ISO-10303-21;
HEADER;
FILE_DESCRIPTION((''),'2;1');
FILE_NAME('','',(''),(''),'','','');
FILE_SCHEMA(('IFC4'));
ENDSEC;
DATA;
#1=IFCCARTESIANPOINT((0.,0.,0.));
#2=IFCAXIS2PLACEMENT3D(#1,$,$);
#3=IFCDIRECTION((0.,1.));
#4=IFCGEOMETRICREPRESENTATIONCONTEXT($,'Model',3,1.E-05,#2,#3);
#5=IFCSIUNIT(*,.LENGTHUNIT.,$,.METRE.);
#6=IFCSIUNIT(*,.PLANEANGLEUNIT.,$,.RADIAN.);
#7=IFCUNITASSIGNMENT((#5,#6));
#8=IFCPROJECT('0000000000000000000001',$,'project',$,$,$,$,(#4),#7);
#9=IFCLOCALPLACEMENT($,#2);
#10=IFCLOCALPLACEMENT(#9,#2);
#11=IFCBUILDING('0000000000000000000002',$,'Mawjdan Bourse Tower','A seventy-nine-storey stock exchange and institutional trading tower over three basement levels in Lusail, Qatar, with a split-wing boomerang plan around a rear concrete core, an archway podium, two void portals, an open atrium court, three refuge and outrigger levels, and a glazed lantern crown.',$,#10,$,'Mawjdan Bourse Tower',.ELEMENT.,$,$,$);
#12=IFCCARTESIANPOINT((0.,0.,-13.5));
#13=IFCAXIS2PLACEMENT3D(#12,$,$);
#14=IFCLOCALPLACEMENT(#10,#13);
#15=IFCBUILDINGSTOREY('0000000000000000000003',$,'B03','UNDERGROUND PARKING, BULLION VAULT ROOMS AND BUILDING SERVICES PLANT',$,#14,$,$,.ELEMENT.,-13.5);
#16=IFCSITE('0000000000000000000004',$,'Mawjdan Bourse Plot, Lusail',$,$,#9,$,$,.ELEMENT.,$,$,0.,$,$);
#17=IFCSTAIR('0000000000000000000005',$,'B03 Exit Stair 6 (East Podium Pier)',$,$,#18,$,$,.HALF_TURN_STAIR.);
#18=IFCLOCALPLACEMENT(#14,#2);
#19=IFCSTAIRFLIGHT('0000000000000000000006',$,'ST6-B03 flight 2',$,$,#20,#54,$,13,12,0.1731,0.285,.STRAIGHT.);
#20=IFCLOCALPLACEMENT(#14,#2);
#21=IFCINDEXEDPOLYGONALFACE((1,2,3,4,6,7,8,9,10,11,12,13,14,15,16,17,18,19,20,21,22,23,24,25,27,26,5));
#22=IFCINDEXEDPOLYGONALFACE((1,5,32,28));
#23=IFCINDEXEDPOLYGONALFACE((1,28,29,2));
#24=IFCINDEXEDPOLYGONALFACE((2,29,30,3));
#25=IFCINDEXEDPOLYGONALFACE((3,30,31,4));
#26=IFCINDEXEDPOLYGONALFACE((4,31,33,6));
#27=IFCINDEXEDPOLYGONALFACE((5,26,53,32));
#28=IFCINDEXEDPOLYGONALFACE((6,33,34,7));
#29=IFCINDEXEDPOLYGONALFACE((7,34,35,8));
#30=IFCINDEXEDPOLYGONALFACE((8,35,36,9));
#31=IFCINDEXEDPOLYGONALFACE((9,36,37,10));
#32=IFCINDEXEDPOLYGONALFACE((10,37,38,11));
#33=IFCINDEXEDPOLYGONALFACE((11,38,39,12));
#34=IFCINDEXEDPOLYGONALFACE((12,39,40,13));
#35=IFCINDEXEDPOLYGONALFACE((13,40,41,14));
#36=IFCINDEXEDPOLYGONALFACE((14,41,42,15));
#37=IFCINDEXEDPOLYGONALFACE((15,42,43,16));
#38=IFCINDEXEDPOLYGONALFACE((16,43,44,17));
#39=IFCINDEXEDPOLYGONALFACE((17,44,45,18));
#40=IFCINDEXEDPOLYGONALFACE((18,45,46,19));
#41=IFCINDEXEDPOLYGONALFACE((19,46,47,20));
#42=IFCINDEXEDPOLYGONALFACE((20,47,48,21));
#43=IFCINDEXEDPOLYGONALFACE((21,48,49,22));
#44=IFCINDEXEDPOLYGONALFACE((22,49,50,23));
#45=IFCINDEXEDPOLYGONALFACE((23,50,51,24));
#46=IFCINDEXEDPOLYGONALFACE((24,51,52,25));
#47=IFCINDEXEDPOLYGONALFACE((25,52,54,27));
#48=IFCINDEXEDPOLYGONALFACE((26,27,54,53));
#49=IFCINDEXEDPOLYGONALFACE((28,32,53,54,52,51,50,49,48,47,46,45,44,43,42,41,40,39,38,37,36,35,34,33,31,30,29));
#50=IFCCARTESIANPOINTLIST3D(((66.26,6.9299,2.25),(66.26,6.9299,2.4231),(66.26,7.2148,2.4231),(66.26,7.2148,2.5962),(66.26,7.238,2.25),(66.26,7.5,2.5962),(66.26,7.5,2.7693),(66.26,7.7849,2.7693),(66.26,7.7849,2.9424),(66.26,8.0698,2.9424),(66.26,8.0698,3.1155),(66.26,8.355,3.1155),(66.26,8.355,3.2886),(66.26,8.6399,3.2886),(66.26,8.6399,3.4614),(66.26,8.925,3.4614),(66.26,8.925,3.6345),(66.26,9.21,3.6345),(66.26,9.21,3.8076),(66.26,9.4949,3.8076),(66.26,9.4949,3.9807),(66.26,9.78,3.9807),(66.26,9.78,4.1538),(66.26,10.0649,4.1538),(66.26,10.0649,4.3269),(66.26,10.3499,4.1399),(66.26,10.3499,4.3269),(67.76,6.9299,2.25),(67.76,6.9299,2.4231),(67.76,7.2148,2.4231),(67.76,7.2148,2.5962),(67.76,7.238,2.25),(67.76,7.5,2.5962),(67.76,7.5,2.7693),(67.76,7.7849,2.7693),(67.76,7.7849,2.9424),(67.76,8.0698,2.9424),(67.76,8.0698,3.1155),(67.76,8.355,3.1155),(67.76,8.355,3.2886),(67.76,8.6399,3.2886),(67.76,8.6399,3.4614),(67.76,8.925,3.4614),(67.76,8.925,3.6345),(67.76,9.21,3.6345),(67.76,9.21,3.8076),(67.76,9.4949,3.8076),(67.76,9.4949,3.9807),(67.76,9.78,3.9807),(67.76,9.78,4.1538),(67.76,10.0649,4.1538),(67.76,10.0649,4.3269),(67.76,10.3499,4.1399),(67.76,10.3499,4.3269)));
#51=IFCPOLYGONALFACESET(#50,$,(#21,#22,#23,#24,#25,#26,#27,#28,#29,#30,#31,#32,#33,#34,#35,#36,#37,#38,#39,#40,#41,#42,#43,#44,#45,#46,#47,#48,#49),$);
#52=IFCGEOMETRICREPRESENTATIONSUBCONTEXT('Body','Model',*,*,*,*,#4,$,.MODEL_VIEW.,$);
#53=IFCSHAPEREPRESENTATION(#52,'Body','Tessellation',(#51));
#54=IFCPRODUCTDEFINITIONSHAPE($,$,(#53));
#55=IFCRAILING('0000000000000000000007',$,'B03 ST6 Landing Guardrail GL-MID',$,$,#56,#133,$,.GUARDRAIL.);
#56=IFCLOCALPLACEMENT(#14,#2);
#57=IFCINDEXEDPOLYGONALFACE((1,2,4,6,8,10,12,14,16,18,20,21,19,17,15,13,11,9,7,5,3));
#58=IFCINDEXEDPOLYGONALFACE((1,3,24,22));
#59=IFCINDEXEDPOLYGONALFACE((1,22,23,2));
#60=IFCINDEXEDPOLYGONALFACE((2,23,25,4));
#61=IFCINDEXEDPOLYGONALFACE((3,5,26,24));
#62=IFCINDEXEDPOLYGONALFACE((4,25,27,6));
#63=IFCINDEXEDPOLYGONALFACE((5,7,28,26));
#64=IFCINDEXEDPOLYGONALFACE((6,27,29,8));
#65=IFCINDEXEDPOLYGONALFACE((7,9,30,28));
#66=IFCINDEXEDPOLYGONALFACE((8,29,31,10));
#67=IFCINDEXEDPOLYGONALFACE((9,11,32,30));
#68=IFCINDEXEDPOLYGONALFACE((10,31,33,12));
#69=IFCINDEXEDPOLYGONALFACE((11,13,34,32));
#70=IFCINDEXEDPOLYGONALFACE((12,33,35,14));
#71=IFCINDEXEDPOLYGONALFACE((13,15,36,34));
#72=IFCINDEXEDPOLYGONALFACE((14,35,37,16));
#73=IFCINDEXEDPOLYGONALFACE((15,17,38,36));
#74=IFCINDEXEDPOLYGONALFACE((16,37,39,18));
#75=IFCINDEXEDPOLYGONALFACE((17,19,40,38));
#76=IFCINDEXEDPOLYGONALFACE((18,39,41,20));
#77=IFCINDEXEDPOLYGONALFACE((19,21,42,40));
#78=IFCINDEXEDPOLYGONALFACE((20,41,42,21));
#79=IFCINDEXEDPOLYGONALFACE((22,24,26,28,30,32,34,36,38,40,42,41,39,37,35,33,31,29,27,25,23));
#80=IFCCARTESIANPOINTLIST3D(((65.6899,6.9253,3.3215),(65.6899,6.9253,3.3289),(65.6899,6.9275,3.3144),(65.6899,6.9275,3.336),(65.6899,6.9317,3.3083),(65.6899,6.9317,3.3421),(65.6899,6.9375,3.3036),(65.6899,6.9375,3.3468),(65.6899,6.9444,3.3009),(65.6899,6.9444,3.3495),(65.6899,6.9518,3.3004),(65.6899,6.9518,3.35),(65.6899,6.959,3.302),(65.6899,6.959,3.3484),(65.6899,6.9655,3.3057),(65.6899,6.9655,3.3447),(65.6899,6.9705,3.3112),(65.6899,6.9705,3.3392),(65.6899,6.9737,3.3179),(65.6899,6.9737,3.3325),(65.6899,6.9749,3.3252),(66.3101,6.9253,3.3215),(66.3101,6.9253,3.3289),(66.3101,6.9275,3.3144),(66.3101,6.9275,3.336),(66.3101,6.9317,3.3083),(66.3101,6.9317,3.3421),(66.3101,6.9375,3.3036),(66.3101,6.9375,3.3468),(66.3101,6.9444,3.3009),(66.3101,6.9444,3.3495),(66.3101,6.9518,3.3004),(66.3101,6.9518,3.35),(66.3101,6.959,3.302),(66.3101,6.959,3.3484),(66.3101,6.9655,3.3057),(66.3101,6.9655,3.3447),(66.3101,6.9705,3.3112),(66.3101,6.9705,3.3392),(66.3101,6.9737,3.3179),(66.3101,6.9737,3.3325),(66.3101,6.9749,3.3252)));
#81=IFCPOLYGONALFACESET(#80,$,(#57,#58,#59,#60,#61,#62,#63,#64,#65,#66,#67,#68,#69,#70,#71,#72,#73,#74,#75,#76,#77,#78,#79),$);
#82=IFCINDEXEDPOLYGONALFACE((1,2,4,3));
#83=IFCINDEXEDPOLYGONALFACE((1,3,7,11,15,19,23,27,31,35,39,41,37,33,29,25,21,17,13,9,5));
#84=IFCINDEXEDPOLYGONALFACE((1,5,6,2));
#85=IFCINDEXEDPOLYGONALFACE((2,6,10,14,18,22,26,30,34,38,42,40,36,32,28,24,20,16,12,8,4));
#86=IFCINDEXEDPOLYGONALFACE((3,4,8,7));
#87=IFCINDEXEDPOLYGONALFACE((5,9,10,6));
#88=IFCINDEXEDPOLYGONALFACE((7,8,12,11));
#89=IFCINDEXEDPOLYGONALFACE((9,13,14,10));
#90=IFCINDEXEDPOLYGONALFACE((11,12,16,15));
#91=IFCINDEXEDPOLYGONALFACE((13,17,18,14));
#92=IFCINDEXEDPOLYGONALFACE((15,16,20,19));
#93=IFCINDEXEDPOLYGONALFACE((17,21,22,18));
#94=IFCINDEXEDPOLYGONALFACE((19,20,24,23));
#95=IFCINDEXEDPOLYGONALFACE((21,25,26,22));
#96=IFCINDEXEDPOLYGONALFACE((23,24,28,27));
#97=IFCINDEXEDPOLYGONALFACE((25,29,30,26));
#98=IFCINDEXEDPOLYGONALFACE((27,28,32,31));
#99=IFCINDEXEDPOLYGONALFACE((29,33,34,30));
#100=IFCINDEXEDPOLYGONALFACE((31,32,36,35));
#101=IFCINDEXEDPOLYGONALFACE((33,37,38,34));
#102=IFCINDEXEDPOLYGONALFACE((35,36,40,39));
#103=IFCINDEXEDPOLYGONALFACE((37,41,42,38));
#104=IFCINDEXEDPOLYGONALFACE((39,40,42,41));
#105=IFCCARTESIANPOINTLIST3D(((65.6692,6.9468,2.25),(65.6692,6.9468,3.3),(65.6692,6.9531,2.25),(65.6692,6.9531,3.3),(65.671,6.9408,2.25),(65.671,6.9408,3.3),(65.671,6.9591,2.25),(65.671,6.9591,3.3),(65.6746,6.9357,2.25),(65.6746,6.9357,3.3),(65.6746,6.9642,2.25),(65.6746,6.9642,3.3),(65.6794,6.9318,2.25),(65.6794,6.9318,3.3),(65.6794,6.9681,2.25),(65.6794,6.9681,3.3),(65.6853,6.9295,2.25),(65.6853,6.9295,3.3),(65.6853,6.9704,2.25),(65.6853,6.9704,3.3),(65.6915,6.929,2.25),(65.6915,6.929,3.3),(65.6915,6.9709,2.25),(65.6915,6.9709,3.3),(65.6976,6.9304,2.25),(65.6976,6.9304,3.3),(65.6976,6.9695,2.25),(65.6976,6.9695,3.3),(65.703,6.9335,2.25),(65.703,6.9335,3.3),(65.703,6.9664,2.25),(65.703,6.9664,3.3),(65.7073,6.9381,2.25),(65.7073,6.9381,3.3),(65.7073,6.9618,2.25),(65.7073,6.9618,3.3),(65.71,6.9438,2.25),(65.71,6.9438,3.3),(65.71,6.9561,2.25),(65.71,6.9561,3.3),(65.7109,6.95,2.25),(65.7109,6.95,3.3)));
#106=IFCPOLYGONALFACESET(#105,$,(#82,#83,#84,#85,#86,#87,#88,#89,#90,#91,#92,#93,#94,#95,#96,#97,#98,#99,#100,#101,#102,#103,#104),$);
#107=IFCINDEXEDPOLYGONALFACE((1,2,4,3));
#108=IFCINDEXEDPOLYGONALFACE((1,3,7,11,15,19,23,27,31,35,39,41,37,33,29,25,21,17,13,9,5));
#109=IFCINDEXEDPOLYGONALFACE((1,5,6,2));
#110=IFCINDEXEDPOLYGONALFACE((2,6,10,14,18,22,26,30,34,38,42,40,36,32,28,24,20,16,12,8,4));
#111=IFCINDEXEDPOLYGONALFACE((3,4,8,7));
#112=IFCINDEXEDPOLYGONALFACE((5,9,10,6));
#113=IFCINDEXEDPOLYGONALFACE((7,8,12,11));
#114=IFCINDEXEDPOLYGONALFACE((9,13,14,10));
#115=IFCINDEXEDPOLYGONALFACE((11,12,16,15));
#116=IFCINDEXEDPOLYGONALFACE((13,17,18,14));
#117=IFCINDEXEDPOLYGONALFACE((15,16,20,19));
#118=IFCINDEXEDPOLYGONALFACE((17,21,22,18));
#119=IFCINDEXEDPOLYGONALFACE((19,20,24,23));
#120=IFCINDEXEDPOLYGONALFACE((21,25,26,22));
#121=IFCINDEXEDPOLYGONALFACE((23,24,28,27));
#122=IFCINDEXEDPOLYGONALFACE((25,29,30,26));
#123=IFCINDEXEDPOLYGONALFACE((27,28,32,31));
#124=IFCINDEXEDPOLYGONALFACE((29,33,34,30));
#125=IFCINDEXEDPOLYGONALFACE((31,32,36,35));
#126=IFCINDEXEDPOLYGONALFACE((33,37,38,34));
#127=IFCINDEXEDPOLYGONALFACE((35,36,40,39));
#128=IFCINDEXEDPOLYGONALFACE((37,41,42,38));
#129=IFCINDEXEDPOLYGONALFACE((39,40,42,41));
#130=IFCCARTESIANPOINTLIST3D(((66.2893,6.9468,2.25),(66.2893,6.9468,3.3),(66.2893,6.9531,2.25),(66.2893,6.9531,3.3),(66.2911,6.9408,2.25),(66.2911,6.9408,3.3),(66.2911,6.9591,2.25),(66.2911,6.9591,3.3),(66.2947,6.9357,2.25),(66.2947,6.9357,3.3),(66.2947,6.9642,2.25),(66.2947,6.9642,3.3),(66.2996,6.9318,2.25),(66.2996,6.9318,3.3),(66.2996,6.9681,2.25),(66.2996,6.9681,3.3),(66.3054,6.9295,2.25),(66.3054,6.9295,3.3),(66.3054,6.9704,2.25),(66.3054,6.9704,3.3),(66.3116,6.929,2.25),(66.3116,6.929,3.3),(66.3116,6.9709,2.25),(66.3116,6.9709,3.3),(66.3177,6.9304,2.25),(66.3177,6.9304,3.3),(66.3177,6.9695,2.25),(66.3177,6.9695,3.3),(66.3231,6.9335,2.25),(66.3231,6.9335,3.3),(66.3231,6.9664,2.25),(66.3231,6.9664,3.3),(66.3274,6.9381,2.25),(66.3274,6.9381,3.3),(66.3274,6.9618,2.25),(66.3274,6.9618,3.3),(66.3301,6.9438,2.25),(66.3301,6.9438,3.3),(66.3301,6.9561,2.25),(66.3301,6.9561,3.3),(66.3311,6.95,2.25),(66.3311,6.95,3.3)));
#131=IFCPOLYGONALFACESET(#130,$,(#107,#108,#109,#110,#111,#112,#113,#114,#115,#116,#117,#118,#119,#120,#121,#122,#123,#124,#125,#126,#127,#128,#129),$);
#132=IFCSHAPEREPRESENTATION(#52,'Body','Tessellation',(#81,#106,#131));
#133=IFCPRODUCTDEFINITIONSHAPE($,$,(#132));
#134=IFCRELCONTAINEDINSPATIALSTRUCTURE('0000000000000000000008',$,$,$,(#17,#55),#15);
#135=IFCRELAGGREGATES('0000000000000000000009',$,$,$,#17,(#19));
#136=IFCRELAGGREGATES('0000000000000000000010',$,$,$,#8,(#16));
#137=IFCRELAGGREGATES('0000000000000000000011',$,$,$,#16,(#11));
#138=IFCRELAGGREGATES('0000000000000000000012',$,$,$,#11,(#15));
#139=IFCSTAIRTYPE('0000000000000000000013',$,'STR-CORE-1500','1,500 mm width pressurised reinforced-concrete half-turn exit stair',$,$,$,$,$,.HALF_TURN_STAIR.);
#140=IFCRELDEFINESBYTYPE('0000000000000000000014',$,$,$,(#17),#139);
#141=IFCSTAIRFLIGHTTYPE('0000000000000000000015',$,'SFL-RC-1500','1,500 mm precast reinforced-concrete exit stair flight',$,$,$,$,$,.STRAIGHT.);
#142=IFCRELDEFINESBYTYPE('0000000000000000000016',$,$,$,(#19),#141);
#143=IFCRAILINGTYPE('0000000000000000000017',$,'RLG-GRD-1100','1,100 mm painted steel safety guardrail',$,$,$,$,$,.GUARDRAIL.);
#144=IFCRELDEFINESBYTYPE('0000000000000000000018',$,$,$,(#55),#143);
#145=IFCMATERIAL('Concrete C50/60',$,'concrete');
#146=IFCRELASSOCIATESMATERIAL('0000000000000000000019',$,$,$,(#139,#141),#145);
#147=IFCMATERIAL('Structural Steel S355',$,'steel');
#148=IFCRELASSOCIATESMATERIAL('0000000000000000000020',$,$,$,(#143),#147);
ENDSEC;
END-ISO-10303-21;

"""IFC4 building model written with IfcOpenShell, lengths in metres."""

from ifc_helpers import new_model, si_unit, direction, frame, origin, origin_2d, place, context, subcontext, project, spatial, polyline, circle, outline, extrude, material, type_object, element, aggregate, save


model = new_model("IFC4")

# Units and contexts
model_context = context("Model", 3, precision=1e-05, world=origin(), true_north=direction((0.0, 1.0)))
body_context = subcontext(model_context, "Body", "Model", "MODEL_VIEW")
ifc_project = project(units=[si_unit("LENGTHUNIT", "METRE"), si_unit("PLANEANGLEUNIT", "RADIAN")], contexts=[model_context])

# Site, building, storey
site_placement = place(None, origin())
site = spatial("IfcSite", under=ifc_project, at=site_placement, Name="Mawjdan Bourse Plot, Lusail", CompositionType="ELEMENT", RefElevation=0.0)
building_placement = place(site_placement, origin())
building = spatial("IfcBuilding", under=site, at=building_placement, Name="Mawjdan Bourse Tower", Description="A seventy-nine-storey stock exchange and institutional trading tower over three basement levels in Lusail, Qatar, with a split-wing boomerang plan around a rear concrete core, an archway podium, two void portals, an open atrium court, three refuge and outrigger levels, and a glazed lantern crown.", LongName="Mawjdan Bourse Tower", CompositionType="ELEMENT")
storey_placement = place(building_placement, frame((0.0, 0.0, -13.5)))
storey = spatial("IfcBuildingStorey", under=building, at=storey_placement, Name="B03", Description="UNDERGROUND PARKING, BULLION VAULT ROOMS AND BUILDING SERVICES PLANT", CompositionType="ELEMENT", Elevation=-13.5)

# Shared definitions
ifc_material_1 = material(Name="Concrete C50/60", Category="concrete")

# Stair, stair flight
stair_type = type_object("IfcStairType", Name="STR-CORE-1500", Description="1,500 mm width pressurised reinforced-concrete half-turn exit stair", PredefinedType="HALF_TURN_STAIR", material=ifc_material_1)
stair_placement = place(storey_placement, origin())
stair = element("IfcStair", 1, at=stair_placement, inside=storey, type_object=stair_type, Name="B03 Exit Stair 6 (East Podium Pier)", PredefinedType="HALF_TURN_STAIR")
stair_flight_type = type_object("IfcStairFlightType", Name="SFL-RC-1500", Description="1,500 mm precast reinforced-concrete exit stair flight", PredefinedType="STRAIGHT", material=ifc_material_1)
stair_flight_1_placement = place(storey_placement, frame((67.01, 6.9299, 2.25), z_axis=(0.0, 0.0, 1.0), x_axis=(0.0, 1.0, 0.0)))
stair_flight_1 = element("IfcStairFlight", 2, at=stair_flight_1_placement, type_object=stair_flight_type, Name="ST6-B03 flight 2", NumberOfRisers=13, NumberOfTreads=12, PredefinedType="STRAIGHT", RiserHeight=0.1731, TreadLength=0.285, context=body_context, shape_type="SweptSolid", body=[
    extrude(outline(polyline([(0.0, 0.0), (0.0, 0.1731), (0.2849, 0.1731), (0.2849, 0.3462), (0.5701, 0.3462), (0.5701, 0.5193), (0.855, 0.5193), (0.855, 0.6924), (1.1399, 0.6924), (1.1399, 0.8655), (1.425, 0.8655), (1.425, 1.0386), (1.71, 1.0386), (1.71, 1.2114), (1.9951, 1.2114), (1.9951, 1.3845), (2.28, 1.3845), (2.28, 1.5576), (2.5649, 1.5576), (2.5649, 1.7307), (2.8501, 1.7307), (2.8501, 1.9038), (3.135, 1.9038), (3.135, 2.0769), (3.4199, 2.0769), (3.4199, 2.25), (3.4199, 1.8899), (0.3081, 0.0), (0.0, 0.0)])), frame((0.0, 0.75, 0.0), z_axis=(0.0, -1.0, 0.0), x_axis=(1.0, 0.0, 0.0)), (0.0, 0.0, 1.0), 1.5),
])
aggregate(stair, [stair_flight_1])

# Railing
ifc_material_2 = material(Name="Structural Steel S355", Category="steel")
railing_type_1 = type_object("IfcRailingType", Name="RLG-GRD-1100", Description="1,100 mm painted steel safety guardrail", PredefinedType="GUARDRAIL", material=ifc_material_2)
railing_1_placement = place(storey_placement, frame((65.6899, 6.95, 2.25)))
element("IfcRailing", 3, at=railing_1_placement, inside=storey, type_object=railing_type_1, Name="B03 ST6 Landing Guardrail GL-MID", PredefinedType="GUARDRAIL", context=body_context, shape_type="SweptSolid", body=[
    extrude(circle(Radius=0.0249, at=origin_2d()), frame((0.0, 0.0, 1.0752), z_axis=(1.0, 0.0, 0.0), x_axis=(0.0, 1.0, 0.0)), (0.0, 0.0, 1.0), 0.6201),
    extrude(circle(Radius=0.021, at=origin_2d()), origin(), (0.0, 0.0, 1.0), 1.05),
    extrude(circle(Radius=0.021, at=origin_2d()), frame((0.6201, 0.0, 0.0)), (0.0, 0.0, 1.0), 1.05),
])

save(model, "model.ifc")
